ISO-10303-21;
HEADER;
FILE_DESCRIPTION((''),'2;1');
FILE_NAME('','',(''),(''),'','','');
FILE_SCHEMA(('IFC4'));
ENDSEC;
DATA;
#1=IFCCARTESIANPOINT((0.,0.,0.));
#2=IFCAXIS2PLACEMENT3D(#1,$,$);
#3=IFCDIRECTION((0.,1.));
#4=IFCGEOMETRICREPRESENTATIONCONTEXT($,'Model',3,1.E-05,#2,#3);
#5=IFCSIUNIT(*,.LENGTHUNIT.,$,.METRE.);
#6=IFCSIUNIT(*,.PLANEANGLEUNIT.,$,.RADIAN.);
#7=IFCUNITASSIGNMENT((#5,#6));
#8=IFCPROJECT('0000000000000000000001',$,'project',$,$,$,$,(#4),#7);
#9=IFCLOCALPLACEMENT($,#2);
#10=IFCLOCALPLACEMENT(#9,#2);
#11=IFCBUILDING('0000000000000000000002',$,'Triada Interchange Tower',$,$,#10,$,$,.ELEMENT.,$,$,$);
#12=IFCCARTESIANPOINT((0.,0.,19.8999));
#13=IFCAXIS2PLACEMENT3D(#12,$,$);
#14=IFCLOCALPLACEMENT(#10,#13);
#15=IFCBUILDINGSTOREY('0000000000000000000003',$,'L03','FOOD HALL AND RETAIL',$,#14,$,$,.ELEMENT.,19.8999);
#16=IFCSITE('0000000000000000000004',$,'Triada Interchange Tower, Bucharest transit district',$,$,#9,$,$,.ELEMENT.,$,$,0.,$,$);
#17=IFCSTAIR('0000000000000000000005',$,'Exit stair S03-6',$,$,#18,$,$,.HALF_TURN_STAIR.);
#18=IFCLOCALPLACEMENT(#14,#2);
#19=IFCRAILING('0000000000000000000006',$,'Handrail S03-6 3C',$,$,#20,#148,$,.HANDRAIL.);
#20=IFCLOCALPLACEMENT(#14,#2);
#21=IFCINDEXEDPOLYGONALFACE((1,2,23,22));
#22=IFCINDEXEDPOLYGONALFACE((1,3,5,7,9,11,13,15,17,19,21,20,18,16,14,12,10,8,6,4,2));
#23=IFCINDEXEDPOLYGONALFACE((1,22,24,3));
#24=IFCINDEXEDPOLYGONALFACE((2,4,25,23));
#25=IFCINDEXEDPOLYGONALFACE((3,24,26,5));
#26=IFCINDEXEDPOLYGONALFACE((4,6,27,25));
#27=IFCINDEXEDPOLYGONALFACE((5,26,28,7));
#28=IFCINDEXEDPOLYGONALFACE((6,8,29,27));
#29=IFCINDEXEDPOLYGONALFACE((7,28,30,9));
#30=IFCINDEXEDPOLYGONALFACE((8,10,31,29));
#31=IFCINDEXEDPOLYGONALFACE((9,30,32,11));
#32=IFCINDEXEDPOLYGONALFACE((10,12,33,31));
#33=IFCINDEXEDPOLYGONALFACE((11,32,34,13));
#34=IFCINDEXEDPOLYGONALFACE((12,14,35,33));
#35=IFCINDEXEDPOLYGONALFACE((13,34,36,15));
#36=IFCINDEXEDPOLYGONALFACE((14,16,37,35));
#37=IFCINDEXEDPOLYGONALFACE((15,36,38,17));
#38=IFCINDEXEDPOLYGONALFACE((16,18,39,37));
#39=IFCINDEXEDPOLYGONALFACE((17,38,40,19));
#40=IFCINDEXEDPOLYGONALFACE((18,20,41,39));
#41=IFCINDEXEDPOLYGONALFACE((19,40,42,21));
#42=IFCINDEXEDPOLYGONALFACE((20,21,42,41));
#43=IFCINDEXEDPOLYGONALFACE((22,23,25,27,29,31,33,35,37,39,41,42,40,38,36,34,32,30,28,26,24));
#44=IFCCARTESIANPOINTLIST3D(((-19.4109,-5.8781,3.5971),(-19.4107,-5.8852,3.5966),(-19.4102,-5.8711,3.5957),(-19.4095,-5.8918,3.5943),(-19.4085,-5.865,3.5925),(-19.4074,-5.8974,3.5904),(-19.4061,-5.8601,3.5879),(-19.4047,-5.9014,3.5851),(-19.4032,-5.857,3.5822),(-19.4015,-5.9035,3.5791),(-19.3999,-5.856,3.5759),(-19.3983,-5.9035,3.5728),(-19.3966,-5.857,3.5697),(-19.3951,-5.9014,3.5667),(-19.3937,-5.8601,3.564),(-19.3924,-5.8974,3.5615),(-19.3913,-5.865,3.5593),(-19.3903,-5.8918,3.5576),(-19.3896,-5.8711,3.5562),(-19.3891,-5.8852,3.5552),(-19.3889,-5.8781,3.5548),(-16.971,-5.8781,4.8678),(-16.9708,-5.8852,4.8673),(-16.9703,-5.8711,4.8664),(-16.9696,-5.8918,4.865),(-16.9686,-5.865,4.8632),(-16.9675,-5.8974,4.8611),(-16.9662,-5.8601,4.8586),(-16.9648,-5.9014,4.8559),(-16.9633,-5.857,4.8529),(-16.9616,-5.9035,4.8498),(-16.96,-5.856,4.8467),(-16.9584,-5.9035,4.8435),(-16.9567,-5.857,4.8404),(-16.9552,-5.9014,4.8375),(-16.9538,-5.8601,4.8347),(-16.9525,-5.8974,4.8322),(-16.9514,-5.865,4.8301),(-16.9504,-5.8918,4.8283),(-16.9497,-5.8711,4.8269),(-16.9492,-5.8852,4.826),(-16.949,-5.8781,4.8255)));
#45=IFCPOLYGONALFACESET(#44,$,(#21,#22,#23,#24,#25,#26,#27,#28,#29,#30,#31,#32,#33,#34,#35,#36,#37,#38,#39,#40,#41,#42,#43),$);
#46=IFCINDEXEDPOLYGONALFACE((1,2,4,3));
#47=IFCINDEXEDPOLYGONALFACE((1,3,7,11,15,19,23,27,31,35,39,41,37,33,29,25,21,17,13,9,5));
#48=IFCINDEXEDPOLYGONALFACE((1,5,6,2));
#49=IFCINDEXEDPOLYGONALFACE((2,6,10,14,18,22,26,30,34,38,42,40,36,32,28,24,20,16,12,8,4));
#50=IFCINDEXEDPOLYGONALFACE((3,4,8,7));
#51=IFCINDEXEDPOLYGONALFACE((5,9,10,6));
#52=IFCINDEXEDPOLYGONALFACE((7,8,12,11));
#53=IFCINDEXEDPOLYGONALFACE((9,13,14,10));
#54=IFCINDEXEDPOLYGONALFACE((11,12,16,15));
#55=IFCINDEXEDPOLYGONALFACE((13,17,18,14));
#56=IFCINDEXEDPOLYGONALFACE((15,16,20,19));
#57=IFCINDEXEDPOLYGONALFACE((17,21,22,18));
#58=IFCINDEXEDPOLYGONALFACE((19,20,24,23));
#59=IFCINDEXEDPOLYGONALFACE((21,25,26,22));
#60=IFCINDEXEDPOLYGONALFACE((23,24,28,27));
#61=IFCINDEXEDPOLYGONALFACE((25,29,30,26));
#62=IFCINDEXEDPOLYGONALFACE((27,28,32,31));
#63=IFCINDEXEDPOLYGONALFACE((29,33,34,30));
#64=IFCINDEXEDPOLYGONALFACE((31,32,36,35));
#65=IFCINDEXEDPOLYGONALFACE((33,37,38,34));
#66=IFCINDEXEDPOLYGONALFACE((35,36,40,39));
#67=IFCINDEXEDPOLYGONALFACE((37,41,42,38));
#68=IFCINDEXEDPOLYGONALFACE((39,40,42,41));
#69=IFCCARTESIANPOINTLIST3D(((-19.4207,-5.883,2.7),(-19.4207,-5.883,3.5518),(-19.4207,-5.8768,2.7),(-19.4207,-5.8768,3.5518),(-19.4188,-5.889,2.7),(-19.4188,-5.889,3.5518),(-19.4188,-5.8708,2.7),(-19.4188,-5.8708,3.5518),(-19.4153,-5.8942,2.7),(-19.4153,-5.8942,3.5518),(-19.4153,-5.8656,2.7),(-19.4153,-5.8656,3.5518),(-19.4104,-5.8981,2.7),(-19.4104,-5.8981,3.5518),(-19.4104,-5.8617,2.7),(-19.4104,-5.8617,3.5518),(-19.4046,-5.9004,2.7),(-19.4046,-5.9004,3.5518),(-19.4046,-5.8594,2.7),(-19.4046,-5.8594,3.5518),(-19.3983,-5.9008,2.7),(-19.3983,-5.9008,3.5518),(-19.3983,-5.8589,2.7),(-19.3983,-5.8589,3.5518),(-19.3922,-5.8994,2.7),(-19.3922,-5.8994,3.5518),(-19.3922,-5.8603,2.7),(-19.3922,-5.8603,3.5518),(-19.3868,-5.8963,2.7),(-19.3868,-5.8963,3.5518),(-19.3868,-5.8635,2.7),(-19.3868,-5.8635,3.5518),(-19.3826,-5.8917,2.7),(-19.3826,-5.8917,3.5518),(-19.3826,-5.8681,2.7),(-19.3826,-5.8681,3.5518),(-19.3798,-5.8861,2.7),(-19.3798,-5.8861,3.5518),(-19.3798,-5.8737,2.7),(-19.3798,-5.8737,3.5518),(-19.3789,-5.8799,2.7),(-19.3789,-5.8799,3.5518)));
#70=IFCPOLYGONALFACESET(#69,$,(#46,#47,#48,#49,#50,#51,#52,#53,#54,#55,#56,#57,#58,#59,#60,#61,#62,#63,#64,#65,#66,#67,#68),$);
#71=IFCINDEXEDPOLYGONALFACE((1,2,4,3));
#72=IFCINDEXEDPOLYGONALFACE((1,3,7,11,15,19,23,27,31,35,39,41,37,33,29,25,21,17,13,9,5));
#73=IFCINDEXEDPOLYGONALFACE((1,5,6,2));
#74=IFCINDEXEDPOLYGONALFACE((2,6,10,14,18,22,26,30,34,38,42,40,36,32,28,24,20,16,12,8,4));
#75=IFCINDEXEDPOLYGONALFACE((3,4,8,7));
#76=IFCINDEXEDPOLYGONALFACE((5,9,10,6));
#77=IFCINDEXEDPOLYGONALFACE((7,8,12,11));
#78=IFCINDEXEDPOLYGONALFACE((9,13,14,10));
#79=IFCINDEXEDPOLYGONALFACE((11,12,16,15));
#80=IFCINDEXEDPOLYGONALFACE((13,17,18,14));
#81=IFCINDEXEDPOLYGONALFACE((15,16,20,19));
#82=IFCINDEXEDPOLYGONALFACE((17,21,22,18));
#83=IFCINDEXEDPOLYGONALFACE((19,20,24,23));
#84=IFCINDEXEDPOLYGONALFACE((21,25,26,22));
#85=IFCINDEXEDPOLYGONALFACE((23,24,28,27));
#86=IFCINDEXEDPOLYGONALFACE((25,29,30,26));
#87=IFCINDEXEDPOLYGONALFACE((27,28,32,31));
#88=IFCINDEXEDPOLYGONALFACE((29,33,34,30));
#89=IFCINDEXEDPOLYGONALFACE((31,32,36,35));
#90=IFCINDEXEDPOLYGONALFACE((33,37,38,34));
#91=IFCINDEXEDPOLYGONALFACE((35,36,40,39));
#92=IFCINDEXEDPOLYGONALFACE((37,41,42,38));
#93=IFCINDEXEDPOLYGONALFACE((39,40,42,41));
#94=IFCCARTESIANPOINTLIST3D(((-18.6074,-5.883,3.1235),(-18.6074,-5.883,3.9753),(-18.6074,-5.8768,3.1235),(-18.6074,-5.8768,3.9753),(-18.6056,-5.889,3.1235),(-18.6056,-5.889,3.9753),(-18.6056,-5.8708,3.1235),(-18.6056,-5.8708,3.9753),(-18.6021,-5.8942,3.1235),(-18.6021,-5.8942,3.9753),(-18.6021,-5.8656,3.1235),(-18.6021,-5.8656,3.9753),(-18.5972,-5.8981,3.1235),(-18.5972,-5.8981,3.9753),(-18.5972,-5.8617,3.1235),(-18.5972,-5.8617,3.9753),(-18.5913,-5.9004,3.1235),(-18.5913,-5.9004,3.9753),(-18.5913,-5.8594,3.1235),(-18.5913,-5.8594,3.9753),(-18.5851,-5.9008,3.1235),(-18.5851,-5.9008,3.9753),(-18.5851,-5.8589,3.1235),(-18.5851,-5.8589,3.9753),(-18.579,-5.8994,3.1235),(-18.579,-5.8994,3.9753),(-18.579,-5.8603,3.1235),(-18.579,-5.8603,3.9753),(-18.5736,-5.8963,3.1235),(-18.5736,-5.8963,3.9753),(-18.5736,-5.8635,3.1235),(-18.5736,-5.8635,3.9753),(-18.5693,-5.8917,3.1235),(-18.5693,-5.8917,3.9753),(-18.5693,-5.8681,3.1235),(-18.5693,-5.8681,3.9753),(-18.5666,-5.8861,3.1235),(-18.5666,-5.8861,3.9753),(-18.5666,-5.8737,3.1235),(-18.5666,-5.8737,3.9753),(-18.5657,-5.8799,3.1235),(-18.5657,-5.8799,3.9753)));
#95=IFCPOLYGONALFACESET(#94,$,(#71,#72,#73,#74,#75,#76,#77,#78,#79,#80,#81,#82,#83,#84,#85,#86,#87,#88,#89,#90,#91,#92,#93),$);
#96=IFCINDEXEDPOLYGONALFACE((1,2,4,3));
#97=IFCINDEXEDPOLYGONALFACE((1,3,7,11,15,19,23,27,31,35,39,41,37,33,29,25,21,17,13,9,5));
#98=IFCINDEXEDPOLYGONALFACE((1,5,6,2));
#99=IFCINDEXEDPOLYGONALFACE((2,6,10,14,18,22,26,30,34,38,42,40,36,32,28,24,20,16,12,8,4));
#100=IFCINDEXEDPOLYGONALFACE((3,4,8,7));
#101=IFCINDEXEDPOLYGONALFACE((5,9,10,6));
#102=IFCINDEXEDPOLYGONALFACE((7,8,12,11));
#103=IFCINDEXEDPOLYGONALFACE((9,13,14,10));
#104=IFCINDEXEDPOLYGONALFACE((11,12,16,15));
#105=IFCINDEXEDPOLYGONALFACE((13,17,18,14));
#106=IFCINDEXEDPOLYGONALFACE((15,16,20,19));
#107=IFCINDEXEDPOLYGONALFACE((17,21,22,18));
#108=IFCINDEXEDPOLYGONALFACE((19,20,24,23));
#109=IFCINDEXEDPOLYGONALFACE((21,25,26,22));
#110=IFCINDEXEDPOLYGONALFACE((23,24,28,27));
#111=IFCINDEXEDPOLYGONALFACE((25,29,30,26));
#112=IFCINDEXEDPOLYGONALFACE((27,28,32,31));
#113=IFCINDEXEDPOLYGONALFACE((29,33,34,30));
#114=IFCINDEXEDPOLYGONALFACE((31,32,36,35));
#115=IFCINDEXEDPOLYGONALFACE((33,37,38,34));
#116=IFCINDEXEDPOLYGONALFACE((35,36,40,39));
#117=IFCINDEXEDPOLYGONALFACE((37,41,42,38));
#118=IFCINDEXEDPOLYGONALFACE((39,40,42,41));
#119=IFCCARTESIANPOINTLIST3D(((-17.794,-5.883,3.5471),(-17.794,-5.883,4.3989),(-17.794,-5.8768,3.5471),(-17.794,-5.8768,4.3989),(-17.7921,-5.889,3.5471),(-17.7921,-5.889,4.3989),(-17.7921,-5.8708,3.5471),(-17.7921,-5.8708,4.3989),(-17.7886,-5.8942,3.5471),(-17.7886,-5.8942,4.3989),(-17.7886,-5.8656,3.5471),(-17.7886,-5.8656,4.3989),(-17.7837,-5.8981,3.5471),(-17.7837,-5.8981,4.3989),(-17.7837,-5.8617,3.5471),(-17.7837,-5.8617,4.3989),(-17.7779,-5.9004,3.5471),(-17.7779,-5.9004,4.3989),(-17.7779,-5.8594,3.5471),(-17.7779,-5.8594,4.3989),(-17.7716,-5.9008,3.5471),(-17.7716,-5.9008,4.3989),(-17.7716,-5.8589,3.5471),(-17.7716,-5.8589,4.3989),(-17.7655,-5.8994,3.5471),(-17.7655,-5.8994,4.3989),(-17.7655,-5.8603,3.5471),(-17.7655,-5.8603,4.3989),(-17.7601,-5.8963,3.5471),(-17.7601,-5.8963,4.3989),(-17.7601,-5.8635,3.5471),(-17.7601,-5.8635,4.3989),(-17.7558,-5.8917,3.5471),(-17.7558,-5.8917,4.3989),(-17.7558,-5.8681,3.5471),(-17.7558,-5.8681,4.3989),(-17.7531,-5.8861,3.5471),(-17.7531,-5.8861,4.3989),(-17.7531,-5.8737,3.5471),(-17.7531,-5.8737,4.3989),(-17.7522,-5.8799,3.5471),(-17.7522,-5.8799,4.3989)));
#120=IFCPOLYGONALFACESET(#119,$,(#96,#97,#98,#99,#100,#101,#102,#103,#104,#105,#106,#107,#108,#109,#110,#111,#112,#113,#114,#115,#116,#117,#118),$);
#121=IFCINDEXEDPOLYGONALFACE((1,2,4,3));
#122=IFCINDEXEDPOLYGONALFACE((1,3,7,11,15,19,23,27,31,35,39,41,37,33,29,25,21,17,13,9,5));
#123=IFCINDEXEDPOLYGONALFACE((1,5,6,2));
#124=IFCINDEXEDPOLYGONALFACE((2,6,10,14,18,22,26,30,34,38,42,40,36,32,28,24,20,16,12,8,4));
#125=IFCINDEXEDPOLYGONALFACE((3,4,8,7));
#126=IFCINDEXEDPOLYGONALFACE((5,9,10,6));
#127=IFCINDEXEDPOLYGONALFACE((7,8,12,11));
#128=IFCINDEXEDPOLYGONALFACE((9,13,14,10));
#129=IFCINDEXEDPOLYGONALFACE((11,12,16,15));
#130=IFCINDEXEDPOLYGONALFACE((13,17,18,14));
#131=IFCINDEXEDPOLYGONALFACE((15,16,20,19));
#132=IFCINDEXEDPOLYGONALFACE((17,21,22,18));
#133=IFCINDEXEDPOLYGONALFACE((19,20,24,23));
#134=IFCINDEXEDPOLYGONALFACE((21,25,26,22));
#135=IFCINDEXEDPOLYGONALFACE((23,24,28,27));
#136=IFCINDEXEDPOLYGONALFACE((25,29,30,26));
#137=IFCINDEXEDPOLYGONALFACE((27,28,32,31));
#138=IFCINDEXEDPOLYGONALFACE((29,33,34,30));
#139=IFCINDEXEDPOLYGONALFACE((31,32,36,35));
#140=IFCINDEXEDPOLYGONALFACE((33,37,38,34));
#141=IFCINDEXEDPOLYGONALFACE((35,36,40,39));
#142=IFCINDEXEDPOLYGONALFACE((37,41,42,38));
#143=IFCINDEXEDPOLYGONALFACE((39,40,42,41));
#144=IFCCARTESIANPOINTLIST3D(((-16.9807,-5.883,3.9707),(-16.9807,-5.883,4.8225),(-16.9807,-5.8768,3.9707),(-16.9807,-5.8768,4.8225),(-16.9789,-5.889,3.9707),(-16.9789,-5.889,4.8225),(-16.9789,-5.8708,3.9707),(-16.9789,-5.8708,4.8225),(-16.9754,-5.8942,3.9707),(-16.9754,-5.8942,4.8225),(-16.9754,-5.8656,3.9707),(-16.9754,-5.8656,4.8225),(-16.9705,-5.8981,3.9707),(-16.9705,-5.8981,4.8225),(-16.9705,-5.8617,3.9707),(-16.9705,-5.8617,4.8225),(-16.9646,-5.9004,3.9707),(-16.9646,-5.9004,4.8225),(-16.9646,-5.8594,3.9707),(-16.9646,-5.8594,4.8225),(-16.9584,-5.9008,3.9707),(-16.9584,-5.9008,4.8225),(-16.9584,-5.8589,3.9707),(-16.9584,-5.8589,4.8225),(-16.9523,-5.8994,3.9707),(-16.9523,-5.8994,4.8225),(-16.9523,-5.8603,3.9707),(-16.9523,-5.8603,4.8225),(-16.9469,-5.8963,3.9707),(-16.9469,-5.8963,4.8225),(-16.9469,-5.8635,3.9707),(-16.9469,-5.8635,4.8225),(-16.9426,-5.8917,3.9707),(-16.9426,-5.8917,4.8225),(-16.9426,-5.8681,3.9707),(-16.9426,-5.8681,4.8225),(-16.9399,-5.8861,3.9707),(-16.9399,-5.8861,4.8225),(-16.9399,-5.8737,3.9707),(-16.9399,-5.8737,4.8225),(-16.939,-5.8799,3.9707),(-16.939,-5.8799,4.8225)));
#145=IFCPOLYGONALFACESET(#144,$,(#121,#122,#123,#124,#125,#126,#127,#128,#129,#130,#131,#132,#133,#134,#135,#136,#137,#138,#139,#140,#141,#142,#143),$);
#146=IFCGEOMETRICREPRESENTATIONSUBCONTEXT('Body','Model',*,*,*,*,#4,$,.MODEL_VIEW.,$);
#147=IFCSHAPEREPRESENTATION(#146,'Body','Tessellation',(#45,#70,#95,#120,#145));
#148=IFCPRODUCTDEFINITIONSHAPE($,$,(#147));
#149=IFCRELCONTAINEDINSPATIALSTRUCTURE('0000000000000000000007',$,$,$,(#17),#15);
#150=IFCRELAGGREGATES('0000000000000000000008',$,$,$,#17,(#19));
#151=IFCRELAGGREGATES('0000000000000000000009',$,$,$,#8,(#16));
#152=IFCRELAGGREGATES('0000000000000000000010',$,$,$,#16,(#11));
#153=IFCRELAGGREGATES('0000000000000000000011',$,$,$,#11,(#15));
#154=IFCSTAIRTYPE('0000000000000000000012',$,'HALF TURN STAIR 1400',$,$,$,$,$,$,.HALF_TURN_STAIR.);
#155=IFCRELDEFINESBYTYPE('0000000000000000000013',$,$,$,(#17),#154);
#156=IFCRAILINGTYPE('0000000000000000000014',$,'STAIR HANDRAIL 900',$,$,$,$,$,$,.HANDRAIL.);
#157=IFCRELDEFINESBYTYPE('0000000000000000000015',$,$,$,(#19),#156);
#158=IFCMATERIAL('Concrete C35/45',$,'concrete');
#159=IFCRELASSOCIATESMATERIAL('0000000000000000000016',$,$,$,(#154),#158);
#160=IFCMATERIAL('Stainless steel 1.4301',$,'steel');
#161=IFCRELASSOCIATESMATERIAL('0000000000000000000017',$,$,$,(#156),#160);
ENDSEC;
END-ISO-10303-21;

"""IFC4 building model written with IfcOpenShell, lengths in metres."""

from ifc_helpers import new_model, si_unit, direction, frame, origin, origin_2d, place, context, subcontext, project, spatial, circle, extrude, material, type_object, element, aggregate, save


model = new_model("IFC4")

# Units and contexts
model_context = context("Model", 3, precision=1e-05, world=origin(), true_north=direction((0.0, 1.0)))
body_context = subcontext(model_context, "Body", "Model", "MODEL_VIEW")
ifc_project = project(units=[si_unit("LENGTHUNIT", "METRE"), si_unit("PLANEANGLEUNIT", "RADIAN")], contexts=[model_context])

# Site, building, storey
site_placement = place(None, origin())
site = spatial("IfcSite", under=ifc_project, at=site_placement, Name="Triada Interchange Tower, Bucharest transit district", CompositionType="ELEMENT", RefElevation=0.0)
building_placement = place(site_placement, origin())
building = spatial("IfcBuilding", under=site, at=building_placement, Name="Triada Interchange Tower", CompositionType="ELEMENT")
storey_placement = place(building_placement, frame((0.0, 0.0, 19.8999)))
storey = spatial("IfcBuildingStorey", under=building, at=storey_placement, Name="L03", Description="FOOD HALL AND RETAIL", CompositionType="ELEMENT", Elevation=19.8999)

# Shared definitions
ifc_material_1 = material(Name="Concrete C35/45", Category="concrete")

# Stair
stair_type = type_object("IfcStairType", Name="HALF TURN STAIR 1400", PredefinedType="HALF_TURN_STAIR", material=ifc_material_1)
stair_1_placement = place(storey_placement, origin())
stair_1 = element("IfcStair", 1, at=stair_1_placement, inside=storey, type_object=stair_type, Name="Exit stair S03-6", PredefinedType="HALF_TURN_STAIR")

# Shared definitions
ifc_material_2 = material(Name="Stainless steel 1.4301", Category="steel")

# Railing
railing_type_1 = type_object("IfcRailingType", Name="STAIR HANDRAIL 900", PredefinedType="HANDRAIL", material=ifc_material_2)
railing_1_placement = place(storey_placement, frame((-19.3999, -5.8799, 2.7)))
railing_1 = element("IfcRailing", 2, at=railing_1_placement, type_object=railing_type_1, Name="Handrail S03-6 3C", PredefinedType="HANDRAIL", context=body_context, shape_type="SweptSolid", body=[
    extrude(circle(Radius=0.0239, at=origin_2d()), frame((0.0, 0.0, 0.876), z_axis=(0.886922, 0.0, 0.46192), x_axis=(0.0, 1.0, 0.0)), (0.0, 0.0, 1.0), 2.751),
    extrude(circle(Radius=0.021, at=origin_2d()), origin(), (0.0, 0.0, 1.0), 0.8518),
    extrude(circle(Radius=0.021, at=origin_2d()), frame((0.8132, 0.0, 0.4236)), (0.0, 0.0, 1.0), 0.8518),
    extrude(circle(Radius=0.021, at=origin_2d()), frame((1.6267, 0.0, 0.8472)), (0.0, 0.0, 1.0), 0.8518),
    extrude(circle(Radius=0.021, at=origin_2d()), frame((2.4399, 0.0, 1.2708)), (0.0, 0.0, 1.0), 0.8518),
])
aggregate(stair_1, [railing_1])

save(model, "model.ifc")
